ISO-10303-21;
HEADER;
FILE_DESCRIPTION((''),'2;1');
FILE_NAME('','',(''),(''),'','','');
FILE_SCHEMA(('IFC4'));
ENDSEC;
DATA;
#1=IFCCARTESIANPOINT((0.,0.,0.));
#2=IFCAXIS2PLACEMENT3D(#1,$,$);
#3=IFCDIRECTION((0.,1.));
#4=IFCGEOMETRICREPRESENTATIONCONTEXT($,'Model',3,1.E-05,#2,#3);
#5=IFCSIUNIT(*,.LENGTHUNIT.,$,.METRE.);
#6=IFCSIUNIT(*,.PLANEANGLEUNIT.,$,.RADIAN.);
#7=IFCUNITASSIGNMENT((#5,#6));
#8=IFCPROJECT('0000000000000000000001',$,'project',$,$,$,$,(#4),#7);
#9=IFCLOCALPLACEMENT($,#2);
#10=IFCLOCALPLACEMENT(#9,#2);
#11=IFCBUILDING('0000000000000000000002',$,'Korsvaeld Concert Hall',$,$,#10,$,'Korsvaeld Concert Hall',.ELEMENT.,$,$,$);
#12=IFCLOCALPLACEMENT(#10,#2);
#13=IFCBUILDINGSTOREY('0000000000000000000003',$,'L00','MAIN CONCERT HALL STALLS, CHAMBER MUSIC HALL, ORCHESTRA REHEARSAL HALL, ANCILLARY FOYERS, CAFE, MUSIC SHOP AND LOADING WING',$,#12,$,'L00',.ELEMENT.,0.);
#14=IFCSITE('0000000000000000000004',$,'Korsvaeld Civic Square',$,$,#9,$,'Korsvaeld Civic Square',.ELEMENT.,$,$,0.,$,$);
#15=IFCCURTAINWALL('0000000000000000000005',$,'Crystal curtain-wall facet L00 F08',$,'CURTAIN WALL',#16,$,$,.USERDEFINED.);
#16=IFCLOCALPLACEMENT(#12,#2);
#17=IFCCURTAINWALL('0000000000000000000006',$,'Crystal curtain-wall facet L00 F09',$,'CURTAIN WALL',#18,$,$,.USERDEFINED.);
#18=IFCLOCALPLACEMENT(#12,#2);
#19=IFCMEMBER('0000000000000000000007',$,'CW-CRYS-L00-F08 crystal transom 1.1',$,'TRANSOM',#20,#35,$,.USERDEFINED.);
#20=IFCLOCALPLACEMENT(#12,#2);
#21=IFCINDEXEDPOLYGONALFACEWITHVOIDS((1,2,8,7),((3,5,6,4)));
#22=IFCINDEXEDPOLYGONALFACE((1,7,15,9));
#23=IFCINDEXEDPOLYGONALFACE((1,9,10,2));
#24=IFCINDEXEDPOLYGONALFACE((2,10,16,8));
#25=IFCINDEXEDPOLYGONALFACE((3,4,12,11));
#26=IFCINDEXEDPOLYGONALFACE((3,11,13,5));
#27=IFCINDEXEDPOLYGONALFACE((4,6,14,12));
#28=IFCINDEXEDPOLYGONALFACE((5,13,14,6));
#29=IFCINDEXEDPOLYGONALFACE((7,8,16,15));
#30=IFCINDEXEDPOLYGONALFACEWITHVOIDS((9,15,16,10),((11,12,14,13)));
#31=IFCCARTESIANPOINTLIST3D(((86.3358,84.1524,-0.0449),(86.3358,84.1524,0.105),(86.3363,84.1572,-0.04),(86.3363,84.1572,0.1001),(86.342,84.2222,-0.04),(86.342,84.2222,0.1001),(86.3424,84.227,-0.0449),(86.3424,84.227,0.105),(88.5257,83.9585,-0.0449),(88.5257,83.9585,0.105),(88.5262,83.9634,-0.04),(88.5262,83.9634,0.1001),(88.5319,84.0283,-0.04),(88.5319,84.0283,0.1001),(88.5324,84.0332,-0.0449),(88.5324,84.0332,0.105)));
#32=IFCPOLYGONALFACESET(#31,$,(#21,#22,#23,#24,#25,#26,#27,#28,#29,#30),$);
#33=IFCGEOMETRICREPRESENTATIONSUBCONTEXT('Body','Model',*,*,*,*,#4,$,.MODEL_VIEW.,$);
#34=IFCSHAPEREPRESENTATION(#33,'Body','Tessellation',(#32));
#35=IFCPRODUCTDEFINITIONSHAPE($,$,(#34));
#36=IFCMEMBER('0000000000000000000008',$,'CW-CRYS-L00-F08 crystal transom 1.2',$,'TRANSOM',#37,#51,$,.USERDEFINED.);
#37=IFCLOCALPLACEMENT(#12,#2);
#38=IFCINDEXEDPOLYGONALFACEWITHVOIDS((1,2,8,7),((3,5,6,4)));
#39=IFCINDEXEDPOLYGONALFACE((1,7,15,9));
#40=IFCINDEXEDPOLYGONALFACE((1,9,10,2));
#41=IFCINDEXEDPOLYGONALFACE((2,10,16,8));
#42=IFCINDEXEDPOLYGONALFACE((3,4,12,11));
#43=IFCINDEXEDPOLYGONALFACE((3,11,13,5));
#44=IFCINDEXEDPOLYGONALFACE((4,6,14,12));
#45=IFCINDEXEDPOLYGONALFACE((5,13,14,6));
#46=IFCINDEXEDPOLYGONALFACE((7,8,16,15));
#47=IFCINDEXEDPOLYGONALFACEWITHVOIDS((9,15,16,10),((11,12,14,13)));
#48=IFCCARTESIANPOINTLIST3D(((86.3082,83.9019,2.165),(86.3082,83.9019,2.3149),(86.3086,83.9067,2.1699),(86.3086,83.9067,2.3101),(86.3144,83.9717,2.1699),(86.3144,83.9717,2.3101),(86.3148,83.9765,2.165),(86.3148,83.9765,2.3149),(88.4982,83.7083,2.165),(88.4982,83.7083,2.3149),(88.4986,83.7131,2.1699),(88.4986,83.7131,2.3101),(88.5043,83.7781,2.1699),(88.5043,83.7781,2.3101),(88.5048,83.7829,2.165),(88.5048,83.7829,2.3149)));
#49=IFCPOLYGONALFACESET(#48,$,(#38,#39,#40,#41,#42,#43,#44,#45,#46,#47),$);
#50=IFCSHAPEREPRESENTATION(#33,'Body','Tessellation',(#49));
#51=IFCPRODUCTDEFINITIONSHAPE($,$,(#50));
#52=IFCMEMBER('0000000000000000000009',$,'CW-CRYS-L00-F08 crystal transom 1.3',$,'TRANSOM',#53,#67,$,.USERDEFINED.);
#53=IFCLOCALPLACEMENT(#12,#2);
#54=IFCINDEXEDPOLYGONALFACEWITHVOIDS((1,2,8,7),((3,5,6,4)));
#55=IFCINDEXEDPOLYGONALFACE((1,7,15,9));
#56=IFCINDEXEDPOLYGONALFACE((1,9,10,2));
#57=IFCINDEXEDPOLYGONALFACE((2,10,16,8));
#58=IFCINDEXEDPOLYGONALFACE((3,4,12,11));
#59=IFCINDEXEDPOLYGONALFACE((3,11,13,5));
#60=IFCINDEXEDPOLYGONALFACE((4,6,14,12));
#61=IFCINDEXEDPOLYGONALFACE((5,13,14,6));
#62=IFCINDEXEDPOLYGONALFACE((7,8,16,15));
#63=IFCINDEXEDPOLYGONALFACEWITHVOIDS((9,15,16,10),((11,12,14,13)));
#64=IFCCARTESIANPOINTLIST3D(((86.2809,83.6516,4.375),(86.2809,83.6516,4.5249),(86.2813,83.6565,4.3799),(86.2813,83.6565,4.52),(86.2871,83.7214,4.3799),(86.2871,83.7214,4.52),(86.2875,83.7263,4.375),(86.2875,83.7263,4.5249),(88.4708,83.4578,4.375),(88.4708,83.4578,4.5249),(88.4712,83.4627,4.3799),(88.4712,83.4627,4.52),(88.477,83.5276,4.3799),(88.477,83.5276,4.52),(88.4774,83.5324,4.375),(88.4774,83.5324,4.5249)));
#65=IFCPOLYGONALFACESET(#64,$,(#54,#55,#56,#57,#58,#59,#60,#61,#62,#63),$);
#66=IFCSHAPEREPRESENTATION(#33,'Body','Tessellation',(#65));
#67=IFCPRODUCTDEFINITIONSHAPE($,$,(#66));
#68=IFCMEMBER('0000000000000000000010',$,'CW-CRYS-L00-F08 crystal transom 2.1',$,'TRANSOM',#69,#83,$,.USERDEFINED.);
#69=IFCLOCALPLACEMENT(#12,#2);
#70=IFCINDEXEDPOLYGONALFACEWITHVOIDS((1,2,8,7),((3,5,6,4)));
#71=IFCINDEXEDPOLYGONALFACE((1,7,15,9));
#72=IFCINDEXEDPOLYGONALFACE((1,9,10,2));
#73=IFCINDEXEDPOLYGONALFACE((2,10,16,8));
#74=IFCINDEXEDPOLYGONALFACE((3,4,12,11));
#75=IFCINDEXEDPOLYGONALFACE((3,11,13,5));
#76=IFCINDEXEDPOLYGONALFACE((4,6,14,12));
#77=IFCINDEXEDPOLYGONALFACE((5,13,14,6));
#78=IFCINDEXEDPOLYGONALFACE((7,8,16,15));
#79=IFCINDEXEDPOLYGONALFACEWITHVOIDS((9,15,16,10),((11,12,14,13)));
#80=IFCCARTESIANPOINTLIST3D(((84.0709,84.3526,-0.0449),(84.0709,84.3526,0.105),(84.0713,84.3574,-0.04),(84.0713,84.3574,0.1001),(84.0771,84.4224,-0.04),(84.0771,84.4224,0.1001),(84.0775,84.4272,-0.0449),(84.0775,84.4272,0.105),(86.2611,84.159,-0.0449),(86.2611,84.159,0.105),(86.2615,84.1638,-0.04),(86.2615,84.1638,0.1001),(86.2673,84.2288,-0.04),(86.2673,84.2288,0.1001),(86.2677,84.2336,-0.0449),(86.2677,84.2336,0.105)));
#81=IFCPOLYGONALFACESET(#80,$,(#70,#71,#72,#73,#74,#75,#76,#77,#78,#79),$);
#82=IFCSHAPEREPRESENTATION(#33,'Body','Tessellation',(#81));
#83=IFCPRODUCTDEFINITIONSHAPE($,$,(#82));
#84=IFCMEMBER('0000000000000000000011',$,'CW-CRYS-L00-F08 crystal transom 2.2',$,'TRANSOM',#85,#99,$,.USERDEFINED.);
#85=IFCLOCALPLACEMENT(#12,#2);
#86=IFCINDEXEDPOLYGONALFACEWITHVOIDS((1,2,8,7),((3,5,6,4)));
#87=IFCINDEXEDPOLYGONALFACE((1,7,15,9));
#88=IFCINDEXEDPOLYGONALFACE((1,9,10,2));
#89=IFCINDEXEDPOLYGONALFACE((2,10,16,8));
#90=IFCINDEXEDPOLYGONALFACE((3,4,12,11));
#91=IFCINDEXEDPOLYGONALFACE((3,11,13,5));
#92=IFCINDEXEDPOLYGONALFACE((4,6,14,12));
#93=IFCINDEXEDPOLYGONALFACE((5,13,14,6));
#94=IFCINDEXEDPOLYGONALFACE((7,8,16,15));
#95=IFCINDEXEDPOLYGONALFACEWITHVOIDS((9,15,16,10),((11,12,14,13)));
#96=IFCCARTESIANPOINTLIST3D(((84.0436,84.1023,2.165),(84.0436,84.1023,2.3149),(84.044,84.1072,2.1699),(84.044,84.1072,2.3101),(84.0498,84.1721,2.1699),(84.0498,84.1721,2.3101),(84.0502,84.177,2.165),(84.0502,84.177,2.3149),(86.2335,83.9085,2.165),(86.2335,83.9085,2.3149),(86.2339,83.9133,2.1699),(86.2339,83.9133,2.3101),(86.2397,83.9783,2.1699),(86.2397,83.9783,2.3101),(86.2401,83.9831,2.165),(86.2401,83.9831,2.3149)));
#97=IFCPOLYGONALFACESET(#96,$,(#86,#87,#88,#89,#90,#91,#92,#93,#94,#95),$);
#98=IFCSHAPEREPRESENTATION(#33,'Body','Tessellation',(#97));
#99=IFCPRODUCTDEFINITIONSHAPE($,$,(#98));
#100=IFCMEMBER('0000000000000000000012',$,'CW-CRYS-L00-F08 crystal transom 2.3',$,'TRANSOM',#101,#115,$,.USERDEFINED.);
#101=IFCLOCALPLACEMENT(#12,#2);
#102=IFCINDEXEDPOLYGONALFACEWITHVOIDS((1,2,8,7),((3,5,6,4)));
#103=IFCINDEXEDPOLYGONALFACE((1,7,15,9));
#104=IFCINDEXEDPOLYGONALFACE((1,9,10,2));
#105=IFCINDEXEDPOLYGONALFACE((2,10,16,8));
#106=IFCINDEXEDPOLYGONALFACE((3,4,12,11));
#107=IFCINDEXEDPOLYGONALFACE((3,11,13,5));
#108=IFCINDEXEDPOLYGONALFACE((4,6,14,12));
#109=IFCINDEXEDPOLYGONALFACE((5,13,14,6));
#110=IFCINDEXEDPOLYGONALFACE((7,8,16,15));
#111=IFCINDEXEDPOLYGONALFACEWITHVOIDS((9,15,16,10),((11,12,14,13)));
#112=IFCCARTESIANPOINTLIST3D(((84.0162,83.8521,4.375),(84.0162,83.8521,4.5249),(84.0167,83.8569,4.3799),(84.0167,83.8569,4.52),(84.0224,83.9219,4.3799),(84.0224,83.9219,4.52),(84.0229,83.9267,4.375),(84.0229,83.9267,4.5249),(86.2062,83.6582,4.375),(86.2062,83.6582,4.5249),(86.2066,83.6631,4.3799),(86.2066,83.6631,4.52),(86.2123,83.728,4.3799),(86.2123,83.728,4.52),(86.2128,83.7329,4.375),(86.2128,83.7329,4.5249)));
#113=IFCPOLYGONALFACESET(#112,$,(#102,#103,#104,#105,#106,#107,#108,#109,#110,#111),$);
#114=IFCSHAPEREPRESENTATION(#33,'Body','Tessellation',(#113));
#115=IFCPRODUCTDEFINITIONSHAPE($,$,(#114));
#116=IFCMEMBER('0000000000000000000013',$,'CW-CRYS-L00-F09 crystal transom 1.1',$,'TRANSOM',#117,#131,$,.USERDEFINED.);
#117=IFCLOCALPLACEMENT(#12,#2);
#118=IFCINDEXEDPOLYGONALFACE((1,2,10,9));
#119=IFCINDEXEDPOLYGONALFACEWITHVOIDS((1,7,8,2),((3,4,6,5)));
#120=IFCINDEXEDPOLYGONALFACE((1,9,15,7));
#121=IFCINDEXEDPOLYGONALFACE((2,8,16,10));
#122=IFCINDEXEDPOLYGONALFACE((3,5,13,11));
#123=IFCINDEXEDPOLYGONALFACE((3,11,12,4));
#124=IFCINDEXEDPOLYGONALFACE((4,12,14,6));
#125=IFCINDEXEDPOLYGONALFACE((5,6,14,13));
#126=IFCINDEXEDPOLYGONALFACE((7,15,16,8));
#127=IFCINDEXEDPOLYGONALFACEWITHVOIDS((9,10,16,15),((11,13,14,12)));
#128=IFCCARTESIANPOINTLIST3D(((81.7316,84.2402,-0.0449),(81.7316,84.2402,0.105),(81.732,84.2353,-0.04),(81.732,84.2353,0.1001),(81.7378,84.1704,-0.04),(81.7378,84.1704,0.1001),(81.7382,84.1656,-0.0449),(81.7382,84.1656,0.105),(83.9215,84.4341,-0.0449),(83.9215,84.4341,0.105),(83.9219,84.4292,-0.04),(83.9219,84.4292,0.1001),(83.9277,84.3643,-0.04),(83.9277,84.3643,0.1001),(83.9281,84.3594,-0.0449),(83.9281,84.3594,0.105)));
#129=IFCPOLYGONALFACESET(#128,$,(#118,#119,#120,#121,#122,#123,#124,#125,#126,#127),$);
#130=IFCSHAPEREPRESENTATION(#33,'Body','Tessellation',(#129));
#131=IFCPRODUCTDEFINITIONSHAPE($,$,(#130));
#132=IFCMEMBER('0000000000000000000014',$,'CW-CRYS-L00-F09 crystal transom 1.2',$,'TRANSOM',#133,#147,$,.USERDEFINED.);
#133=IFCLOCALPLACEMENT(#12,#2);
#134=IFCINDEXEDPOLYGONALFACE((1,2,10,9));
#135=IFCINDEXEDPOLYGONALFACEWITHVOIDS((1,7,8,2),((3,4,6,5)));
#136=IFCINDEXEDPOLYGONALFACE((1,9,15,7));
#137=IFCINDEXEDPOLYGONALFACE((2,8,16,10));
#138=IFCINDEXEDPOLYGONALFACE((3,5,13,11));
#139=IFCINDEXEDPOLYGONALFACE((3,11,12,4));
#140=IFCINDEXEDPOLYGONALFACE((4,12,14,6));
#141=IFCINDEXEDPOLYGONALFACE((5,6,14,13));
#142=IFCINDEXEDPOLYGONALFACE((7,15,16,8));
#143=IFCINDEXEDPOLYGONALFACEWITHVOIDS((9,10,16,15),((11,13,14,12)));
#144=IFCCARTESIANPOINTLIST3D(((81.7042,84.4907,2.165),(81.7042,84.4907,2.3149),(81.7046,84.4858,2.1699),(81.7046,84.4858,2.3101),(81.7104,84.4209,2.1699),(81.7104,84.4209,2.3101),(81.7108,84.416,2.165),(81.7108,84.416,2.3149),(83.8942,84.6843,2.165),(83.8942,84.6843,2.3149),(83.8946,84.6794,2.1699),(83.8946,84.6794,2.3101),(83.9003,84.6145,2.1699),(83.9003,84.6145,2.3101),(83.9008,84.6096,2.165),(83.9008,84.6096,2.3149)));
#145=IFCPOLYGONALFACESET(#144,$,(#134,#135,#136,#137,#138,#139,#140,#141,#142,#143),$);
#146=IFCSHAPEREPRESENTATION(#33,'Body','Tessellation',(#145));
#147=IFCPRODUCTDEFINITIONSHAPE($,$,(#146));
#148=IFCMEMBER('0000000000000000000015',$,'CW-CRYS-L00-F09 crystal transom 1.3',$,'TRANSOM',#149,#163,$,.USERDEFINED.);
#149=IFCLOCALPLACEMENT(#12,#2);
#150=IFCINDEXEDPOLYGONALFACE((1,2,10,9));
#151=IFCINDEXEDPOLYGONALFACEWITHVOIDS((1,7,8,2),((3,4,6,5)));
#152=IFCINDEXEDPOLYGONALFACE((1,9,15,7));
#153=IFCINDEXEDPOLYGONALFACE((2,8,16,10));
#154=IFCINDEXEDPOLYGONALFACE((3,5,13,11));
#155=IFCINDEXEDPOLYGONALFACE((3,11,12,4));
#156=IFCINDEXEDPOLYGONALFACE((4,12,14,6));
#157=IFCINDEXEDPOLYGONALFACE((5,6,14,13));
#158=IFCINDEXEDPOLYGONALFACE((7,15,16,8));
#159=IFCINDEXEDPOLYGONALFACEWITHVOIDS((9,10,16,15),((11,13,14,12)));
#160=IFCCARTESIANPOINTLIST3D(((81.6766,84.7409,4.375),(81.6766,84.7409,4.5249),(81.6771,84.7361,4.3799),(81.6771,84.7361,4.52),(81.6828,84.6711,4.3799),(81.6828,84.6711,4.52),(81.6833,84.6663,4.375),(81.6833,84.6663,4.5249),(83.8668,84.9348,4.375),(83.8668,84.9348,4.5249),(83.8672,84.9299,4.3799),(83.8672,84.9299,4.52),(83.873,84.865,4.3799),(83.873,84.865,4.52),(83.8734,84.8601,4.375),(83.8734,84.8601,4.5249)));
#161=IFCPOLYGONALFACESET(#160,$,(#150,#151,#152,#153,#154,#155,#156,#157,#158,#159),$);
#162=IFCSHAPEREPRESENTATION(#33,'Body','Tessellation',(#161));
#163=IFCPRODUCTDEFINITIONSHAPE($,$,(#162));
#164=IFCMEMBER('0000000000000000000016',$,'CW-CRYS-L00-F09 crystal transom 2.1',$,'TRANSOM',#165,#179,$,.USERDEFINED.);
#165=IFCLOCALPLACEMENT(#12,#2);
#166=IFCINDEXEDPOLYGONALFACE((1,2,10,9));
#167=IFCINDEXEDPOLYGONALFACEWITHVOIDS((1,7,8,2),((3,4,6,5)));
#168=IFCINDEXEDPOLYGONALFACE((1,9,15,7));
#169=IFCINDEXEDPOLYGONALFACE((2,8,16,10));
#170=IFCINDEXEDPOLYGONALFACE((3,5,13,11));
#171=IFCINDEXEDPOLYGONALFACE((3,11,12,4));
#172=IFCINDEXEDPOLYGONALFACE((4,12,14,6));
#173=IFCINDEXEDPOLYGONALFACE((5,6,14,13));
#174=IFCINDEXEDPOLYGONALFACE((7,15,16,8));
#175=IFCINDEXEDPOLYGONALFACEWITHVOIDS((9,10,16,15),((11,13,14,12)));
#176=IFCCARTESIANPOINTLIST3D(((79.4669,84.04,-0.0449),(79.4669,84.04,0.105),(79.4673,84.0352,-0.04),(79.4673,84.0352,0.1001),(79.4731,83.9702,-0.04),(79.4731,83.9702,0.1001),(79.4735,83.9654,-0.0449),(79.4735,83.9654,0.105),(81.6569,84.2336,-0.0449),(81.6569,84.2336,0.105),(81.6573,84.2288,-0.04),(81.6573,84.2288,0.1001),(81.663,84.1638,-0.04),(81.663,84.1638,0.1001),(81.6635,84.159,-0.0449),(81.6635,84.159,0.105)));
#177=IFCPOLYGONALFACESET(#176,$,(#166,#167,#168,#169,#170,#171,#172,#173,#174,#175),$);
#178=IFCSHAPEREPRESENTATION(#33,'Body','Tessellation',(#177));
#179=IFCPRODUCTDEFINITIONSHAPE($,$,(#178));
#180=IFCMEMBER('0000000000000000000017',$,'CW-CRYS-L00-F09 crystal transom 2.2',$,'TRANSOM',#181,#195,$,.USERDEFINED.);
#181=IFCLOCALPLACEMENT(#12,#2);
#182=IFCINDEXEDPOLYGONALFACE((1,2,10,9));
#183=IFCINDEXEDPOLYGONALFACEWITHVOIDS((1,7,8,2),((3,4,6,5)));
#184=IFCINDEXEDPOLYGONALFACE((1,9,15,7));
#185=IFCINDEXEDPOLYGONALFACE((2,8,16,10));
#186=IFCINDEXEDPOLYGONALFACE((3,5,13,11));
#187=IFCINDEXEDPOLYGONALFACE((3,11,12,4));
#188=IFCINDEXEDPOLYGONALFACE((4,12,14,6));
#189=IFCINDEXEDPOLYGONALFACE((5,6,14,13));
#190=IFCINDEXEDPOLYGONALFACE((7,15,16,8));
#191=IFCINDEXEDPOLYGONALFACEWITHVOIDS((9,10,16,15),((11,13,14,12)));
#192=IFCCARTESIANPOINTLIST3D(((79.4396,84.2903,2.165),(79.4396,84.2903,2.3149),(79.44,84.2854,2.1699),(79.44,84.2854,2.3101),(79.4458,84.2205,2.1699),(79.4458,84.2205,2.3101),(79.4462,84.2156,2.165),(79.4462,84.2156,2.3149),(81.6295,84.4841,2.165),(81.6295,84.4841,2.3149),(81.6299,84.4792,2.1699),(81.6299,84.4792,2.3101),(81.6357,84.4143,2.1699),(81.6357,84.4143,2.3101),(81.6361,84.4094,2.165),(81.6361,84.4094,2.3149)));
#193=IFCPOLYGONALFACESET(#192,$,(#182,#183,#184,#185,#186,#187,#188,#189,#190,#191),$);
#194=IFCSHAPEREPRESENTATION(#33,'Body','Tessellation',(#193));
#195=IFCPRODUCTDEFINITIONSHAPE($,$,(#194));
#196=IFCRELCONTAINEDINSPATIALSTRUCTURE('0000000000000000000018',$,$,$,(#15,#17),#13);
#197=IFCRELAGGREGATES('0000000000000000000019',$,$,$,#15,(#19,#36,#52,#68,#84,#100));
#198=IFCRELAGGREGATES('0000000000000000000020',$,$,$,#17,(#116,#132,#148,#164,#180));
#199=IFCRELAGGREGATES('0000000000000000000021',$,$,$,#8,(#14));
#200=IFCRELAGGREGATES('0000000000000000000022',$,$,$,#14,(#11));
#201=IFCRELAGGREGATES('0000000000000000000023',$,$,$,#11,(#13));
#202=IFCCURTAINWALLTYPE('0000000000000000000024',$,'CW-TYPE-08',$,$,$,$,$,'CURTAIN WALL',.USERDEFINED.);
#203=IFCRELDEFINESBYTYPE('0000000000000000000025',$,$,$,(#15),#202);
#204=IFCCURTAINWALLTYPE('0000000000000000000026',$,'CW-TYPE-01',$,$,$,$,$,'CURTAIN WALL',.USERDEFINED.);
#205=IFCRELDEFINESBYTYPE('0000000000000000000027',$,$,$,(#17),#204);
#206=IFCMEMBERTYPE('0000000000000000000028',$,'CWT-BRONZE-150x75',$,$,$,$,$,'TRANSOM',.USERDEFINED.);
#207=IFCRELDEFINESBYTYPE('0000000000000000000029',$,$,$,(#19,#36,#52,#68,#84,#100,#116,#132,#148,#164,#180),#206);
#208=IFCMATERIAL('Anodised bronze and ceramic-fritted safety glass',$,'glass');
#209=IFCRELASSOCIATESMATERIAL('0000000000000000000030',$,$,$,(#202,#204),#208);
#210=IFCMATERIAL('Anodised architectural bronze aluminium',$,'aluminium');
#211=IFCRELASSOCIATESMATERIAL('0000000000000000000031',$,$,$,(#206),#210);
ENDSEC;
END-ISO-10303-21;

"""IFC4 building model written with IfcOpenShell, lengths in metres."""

from ifc_helpers import new_model, si_unit, direction, frame, origin, origin_2d, place, context, subcontext, project, spatial, hollow_rectangle, extrude, material, material_profile, profile_set, type_object, element, aggregate, save


model = new_model("IFC4")

# Units and contexts
model_context = context("Model", 3, precision=1e-05, world=origin(), true_north=direction((0.0, 1.0)))
body_context = subcontext(model_context, "Body", "Model", "MODEL_VIEW")
ifc_project = project(units=[si_unit("LENGTHUNIT", "METRE"), si_unit("PLANEANGLEUNIT", "RADIAN")], contexts=[model_context])

# Site, building, storey
site_placement = place(None, origin())
site = spatial("IfcSite", under=ifc_project, at=site_placement, Name="Korsvaeld Civic Square", LongName="Korsvaeld Civic Square", CompositionType="ELEMENT", RefElevation=0.0)
building_placement = place(site_placement, origin())
building = spatial("IfcBuilding", under=site, at=building_placement, Name="Korsvaeld Concert Hall", LongName="Korsvaeld Concert Hall", CompositionType="ELEMENT")
storey_placement = place(building_placement, origin())
storey = spatial("IfcBuildingStorey", under=building, at=storey_placement, Name="L00", Description="MAIN CONCERT HALL STALLS, CHAMBER MUSIC HALL, ORCHESTRA REHEARSAL HALL, ANCILLARY FOYERS, CAFE, MUSIC SHOP AND LOADING WING", LongName="L00", CompositionType="ELEMENT", Elevation=0.0)

# Curtain wall
ifc_material_1 = material(Name="Anodised bronze and ceramic-fritted safety glass", Category="glass")
curtain_wall_type_1 = type_object("IfcCurtainWallType", Name="CW-TYPE-08", ElementType="CURTAIN WALL", PredefinedType="USERDEFINED", material=ifc_material_1)
curtain_wall_1_placement = place(storey_placement, origin())
curtain_wall_1 = element("IfcCurtainWall", 1, at=curtain_wall_1_placement, inside=storey, type_object=curtain_wall_type_1, Name="Crystal curtain-wall facet L00 F08", ObjectType="CURTAIN WALL", PredefinedType="USERDEFINED")
ifc_material_2 = material(Name="Anodised architectural bronze aluminium", Category="aluminium")

# Curtain wall
curtain_wall_type_2 = type_object("IfcCurtainWallType", Name="CW-TYPE-01", ElementType="CURTAIN WALL", PredefinedType="USERDEFINED", material=ifc_material_1)
curtain_wall_2_placement = place(storey_placement, origin())
curtain_wall_2 = element("IfcCurtainWall", 2, at=curtain_wall_2_placement, inside=storey, type_object=curtain_wall_type_2, Name="Crystal curtain-wall facet L00 F09", ObjectType="CURTAIN WALL", PredefinedType="USERDEFINED")

# Members
ifc_material_profile_1 = material_profile(ifc_material_2, hollow_rectangle(XDim=0.075, YDim=0.1499, WallThickness=0.0049, at=origin_2d()), Name="CWT 150x75x5")
ifc_profile_set_1 = profile_set([ifc_material_profile_1], Name="Anodised architectural bronze aluminium")
member_type_1 = type_object("IfcMemberType", Name="CWT-BRONZE-150x75", ElementType="TRANSOM", PredefinedType="USERDEFINED", material=ifc_profile_set_1)
member_1_placement = place(storey_placement, frame((88.5291, 83.9958, 0.03), z_axis=(-0.996105, 0.088173, 0.0), x_axis=(-0.088173, -0.996105, 0.0)))
member_1 = element("IfcMember", 3, at=member_1_placement, type_object=member_type_1, Name="CW-CRYS-L00-F08 crystal transom 1.1", ObjectType="TRANSOM", PredefinedType="USERDEFINED", context=body_context, shape_type="SweptSolid", body=[
    extrude(hollow_rectangle(XDim=0.075, YDim=0.1499, WallThickness=0.0049, at=origin_2d()), origin(), (0.0, 0.0, 1.0), 2.1985),
])
member_2_placement = place(storey_placement, frame((88.5015, 83.7456, 2.24), z_axis=(-0.996115, 0.088062, 0.0), x_axis=(-0.088062, -0.996115, 0.0)))
member_2 = element("IfcMember", 4, at=member_2_placement, type_object=member_type_1, Name="CW-CRYS-L00-F08 crystal transom 1.2", ObjectType="TRANSOM", PredefinedType="USERDEFINED", context=body_context, shape_type="SweptSolid", body=[
    extrude(hollow_rectangle(XDim=0.075, YDim=0.1499, WallThickness=0.0049, at=origin_2d()), origin(), (0.0, 0.0, 1.0), 2.1985),
])
member_3_placement = place(storey_placement, frame((88.4741, 83.4951, 4.45), z_axis=(-0.996105, 0.088173, 0.0), x_axis=(-0.088173, -0.996105, 0.0)))
member_3 = element("IfcMember", 5, at=member_3_placement, type_object=member_type_1, Name="CW-CRYS-L00-F08 crystal transom 1.3", ObjectType="TRANSOM", PredefinedType="USERDEFINED", context=body_context, shape_type="SweptSolid", body=[
    extrude(hollow_rectangle(XDim=0.075, YDim=0.1499, WallThickness=0.0049, at=origin_2d()), origin(), (0.0, 0.0, 1.0), 2.1985),
])
member_4_placement = place(storey_placement, frame((86.2644, 84.1963, 0.03), z_axis=(-0.996116, 0.088053, 0.0), x_axis=(-0.088053, -0.996116, 0.0)))
member_4 = element("IfcMember", 6, at=member_4_placement, type_object=member_type_1, Name="CW-CRYS-L00-F08 crystal transom 2.1", ObjectType="TRANSOM", PredefinedType="USERDEFINED", context=body_context, shape_type="SweptSolid", body=[
    extrude(hollow_rectangle(XDim=0.075, YDim=0.1499, WallThickness=0.0049, at=origin_2d()), origin(), (0.0, 0.0, 1.0), 2.1987),
])
member_5_placement = place(storey_placement, frame((86.2368, 83.9458, 2.24), z_axis=(-0.996105, 0.088173, 0.0), x_axis=(-0.088173, -0.996105, 0.0)))
member_5 = element("IfcMember", 7, at=member_5_placement, type_object=member_type_1, Name="CW-CRYS-L00-F08 crystal transom 2.2", ObjectType="TRANSOM", PredefinedType="USERDEFINED", context=body_context, shape_type="SweptSolid", body=[
    extrude(hollow_rectangle(XDim=0.075, YDim=0.1499, WallThickness=0.0049, at=origin_2d()), origin(), (0.0, 0.0, 1.0), 2.1985),
])
member_6_placement = place(storey_placement, frame((86.2095, 83.6956, 4.45), z_axis=(-0.996105, 0.088173, 0.0), x_axis=(-0.088173, -0.996105, 0.0)))
member_6 = element("IfcMember", 8, at=member_6_placement, type_object=member_type_1, Name="CW-CRYS-L00-F08 crystal transom 2.3", ObjectType="TRANSOM", PredefinedType="USERDEFINED", context=body_context, shape_type="SweptSolid", body=[
    extrude(hollow_rectangle(XDim=0.075, YDim=0.1499, WallThickness=0.0049, at=origin_2d()), origin(), (0.0, 0.0, 1.0), 2.1985),
])
member_7_placement = place(storey_placement, frame((83.9248, 84.3967, 0.03), z_axis=(-0.996105, -0.088173, 0.0), x_axis=(0.088173, -0.996105, 0.0)))
member_7 = element("IfcMember", 9, at=member_7_placement, type_object=member_type_1, Name="CW-CRYS-L00-F09 crystal transom 1.1", ObjectType="TRANSOM", PredefinedType="USERDEFINED", context=body_context, shape_type="SweptSolid", body=[
    extrude(hollow_rectangle(XDim=0.075, YDim=0.1499, WallThickness=0.0049, at=origin_2d()), origin(), (0.0, 0.0, 1.0), 2.1985),
])
member_8_placement = place(storey_placement, frame((83.8975, 84.647, 2.24), z_axis=(-0.996115, -0.088062, 0.0), x_axis=(0.088062, -0.996115, 0.0)))
member_8 = element("IfcMember", 10, at=member_8_placement, type_object=member_type_1, Name="CW-CRYS-L00-F09 crystal transom 1.2", ObjectType="TRANSOM", PredefinedType="USERDEFINED", context=body_context, shape_type="SweptSolid", body=[
    extrude(hollow_rectangle(XDim=0.075, YDim=0.1499, WallThickness=0.0049, at=origin_2d()), origin(), (0.0, 0.0, 1.0), 2.1985),
])
member_9_placement = place(storey_placement, frame((83.8701, 84.8975, 4.45), z_axis=(-0.996106, -0.088163, 0.0), x_axis=(0.088163, -0.996106, 0.0)))
member_9 = element("IfcMember", 11, at=member_9_placement, type_object=member_type_1, Name="CW-CRYS-L00-F09 crystal transom 1.3", ObjectType="TRANSOM", PredefinedType="USERDEFINED", context=body_context, shape_type="SweptSolid", body=[
    extrude(hollow_rectangle(XDim=0.075, YDim=0.1499, WallThickness=0.0049, at=origin_2d()), origin(), (0.0, 0.0, 1.0), 2.1987),
])
member_10_placement = place(storey_placement, frame((81.6602, 84.1963, 0.03), z_axis=(-0.996115, -0.088062, 0.0), x_axis=(0.088062, -0.996115, 0.0)))
member_10 = element("IfcMember", 12, at=member_10_placement, type_object=member_type_1, Name="CW-CRYS-L00-F09 crystal transom 2.1", ObjectType="TRANSOM", PredefinedType="USERDEFINED", context=body_context, shape_type="SweptSolid", body=[
    extrude(hollow_rectangle(XDim=0.075, YDim=0.1499, WallThickness=0.0049, at=origin_2d()), origin(), (0.0, 0.0, 1.0), 2.1985),
])
member_11_placement = place(storey_placement, frame((81.6328, 84.4468, 2.24), z_axis=(-0.996105, -0.088173, 0.0), x_axis=(0.088173, -0.996105, 0.0)))
member_11 = element("IfcMember", 13, at=member_11_placement, type_object=member_type_1, Name="CW-CRYS-L00-F09 crystal transom 2.2", ObjectType="TRANSOM", PredefinedType="USERDEFINED", context=body_context, shape_type="SweptSolid", body=[
    extrude(hollow_rectangle(XDim=0.075, YDim=0.1499, WallThickness=0.0049, at=origin_2d()), origin(), (0.0, 0.0, 1.0), 2.1985),
])

aggregate(curtain_wall_1, [member_1, member_2, member_3, member_4, member_5, member_6])
aggregate(curtain_wall_2, [member_7, member_8, member_9, member_10, member_11])

save(model, "model.ifc")
